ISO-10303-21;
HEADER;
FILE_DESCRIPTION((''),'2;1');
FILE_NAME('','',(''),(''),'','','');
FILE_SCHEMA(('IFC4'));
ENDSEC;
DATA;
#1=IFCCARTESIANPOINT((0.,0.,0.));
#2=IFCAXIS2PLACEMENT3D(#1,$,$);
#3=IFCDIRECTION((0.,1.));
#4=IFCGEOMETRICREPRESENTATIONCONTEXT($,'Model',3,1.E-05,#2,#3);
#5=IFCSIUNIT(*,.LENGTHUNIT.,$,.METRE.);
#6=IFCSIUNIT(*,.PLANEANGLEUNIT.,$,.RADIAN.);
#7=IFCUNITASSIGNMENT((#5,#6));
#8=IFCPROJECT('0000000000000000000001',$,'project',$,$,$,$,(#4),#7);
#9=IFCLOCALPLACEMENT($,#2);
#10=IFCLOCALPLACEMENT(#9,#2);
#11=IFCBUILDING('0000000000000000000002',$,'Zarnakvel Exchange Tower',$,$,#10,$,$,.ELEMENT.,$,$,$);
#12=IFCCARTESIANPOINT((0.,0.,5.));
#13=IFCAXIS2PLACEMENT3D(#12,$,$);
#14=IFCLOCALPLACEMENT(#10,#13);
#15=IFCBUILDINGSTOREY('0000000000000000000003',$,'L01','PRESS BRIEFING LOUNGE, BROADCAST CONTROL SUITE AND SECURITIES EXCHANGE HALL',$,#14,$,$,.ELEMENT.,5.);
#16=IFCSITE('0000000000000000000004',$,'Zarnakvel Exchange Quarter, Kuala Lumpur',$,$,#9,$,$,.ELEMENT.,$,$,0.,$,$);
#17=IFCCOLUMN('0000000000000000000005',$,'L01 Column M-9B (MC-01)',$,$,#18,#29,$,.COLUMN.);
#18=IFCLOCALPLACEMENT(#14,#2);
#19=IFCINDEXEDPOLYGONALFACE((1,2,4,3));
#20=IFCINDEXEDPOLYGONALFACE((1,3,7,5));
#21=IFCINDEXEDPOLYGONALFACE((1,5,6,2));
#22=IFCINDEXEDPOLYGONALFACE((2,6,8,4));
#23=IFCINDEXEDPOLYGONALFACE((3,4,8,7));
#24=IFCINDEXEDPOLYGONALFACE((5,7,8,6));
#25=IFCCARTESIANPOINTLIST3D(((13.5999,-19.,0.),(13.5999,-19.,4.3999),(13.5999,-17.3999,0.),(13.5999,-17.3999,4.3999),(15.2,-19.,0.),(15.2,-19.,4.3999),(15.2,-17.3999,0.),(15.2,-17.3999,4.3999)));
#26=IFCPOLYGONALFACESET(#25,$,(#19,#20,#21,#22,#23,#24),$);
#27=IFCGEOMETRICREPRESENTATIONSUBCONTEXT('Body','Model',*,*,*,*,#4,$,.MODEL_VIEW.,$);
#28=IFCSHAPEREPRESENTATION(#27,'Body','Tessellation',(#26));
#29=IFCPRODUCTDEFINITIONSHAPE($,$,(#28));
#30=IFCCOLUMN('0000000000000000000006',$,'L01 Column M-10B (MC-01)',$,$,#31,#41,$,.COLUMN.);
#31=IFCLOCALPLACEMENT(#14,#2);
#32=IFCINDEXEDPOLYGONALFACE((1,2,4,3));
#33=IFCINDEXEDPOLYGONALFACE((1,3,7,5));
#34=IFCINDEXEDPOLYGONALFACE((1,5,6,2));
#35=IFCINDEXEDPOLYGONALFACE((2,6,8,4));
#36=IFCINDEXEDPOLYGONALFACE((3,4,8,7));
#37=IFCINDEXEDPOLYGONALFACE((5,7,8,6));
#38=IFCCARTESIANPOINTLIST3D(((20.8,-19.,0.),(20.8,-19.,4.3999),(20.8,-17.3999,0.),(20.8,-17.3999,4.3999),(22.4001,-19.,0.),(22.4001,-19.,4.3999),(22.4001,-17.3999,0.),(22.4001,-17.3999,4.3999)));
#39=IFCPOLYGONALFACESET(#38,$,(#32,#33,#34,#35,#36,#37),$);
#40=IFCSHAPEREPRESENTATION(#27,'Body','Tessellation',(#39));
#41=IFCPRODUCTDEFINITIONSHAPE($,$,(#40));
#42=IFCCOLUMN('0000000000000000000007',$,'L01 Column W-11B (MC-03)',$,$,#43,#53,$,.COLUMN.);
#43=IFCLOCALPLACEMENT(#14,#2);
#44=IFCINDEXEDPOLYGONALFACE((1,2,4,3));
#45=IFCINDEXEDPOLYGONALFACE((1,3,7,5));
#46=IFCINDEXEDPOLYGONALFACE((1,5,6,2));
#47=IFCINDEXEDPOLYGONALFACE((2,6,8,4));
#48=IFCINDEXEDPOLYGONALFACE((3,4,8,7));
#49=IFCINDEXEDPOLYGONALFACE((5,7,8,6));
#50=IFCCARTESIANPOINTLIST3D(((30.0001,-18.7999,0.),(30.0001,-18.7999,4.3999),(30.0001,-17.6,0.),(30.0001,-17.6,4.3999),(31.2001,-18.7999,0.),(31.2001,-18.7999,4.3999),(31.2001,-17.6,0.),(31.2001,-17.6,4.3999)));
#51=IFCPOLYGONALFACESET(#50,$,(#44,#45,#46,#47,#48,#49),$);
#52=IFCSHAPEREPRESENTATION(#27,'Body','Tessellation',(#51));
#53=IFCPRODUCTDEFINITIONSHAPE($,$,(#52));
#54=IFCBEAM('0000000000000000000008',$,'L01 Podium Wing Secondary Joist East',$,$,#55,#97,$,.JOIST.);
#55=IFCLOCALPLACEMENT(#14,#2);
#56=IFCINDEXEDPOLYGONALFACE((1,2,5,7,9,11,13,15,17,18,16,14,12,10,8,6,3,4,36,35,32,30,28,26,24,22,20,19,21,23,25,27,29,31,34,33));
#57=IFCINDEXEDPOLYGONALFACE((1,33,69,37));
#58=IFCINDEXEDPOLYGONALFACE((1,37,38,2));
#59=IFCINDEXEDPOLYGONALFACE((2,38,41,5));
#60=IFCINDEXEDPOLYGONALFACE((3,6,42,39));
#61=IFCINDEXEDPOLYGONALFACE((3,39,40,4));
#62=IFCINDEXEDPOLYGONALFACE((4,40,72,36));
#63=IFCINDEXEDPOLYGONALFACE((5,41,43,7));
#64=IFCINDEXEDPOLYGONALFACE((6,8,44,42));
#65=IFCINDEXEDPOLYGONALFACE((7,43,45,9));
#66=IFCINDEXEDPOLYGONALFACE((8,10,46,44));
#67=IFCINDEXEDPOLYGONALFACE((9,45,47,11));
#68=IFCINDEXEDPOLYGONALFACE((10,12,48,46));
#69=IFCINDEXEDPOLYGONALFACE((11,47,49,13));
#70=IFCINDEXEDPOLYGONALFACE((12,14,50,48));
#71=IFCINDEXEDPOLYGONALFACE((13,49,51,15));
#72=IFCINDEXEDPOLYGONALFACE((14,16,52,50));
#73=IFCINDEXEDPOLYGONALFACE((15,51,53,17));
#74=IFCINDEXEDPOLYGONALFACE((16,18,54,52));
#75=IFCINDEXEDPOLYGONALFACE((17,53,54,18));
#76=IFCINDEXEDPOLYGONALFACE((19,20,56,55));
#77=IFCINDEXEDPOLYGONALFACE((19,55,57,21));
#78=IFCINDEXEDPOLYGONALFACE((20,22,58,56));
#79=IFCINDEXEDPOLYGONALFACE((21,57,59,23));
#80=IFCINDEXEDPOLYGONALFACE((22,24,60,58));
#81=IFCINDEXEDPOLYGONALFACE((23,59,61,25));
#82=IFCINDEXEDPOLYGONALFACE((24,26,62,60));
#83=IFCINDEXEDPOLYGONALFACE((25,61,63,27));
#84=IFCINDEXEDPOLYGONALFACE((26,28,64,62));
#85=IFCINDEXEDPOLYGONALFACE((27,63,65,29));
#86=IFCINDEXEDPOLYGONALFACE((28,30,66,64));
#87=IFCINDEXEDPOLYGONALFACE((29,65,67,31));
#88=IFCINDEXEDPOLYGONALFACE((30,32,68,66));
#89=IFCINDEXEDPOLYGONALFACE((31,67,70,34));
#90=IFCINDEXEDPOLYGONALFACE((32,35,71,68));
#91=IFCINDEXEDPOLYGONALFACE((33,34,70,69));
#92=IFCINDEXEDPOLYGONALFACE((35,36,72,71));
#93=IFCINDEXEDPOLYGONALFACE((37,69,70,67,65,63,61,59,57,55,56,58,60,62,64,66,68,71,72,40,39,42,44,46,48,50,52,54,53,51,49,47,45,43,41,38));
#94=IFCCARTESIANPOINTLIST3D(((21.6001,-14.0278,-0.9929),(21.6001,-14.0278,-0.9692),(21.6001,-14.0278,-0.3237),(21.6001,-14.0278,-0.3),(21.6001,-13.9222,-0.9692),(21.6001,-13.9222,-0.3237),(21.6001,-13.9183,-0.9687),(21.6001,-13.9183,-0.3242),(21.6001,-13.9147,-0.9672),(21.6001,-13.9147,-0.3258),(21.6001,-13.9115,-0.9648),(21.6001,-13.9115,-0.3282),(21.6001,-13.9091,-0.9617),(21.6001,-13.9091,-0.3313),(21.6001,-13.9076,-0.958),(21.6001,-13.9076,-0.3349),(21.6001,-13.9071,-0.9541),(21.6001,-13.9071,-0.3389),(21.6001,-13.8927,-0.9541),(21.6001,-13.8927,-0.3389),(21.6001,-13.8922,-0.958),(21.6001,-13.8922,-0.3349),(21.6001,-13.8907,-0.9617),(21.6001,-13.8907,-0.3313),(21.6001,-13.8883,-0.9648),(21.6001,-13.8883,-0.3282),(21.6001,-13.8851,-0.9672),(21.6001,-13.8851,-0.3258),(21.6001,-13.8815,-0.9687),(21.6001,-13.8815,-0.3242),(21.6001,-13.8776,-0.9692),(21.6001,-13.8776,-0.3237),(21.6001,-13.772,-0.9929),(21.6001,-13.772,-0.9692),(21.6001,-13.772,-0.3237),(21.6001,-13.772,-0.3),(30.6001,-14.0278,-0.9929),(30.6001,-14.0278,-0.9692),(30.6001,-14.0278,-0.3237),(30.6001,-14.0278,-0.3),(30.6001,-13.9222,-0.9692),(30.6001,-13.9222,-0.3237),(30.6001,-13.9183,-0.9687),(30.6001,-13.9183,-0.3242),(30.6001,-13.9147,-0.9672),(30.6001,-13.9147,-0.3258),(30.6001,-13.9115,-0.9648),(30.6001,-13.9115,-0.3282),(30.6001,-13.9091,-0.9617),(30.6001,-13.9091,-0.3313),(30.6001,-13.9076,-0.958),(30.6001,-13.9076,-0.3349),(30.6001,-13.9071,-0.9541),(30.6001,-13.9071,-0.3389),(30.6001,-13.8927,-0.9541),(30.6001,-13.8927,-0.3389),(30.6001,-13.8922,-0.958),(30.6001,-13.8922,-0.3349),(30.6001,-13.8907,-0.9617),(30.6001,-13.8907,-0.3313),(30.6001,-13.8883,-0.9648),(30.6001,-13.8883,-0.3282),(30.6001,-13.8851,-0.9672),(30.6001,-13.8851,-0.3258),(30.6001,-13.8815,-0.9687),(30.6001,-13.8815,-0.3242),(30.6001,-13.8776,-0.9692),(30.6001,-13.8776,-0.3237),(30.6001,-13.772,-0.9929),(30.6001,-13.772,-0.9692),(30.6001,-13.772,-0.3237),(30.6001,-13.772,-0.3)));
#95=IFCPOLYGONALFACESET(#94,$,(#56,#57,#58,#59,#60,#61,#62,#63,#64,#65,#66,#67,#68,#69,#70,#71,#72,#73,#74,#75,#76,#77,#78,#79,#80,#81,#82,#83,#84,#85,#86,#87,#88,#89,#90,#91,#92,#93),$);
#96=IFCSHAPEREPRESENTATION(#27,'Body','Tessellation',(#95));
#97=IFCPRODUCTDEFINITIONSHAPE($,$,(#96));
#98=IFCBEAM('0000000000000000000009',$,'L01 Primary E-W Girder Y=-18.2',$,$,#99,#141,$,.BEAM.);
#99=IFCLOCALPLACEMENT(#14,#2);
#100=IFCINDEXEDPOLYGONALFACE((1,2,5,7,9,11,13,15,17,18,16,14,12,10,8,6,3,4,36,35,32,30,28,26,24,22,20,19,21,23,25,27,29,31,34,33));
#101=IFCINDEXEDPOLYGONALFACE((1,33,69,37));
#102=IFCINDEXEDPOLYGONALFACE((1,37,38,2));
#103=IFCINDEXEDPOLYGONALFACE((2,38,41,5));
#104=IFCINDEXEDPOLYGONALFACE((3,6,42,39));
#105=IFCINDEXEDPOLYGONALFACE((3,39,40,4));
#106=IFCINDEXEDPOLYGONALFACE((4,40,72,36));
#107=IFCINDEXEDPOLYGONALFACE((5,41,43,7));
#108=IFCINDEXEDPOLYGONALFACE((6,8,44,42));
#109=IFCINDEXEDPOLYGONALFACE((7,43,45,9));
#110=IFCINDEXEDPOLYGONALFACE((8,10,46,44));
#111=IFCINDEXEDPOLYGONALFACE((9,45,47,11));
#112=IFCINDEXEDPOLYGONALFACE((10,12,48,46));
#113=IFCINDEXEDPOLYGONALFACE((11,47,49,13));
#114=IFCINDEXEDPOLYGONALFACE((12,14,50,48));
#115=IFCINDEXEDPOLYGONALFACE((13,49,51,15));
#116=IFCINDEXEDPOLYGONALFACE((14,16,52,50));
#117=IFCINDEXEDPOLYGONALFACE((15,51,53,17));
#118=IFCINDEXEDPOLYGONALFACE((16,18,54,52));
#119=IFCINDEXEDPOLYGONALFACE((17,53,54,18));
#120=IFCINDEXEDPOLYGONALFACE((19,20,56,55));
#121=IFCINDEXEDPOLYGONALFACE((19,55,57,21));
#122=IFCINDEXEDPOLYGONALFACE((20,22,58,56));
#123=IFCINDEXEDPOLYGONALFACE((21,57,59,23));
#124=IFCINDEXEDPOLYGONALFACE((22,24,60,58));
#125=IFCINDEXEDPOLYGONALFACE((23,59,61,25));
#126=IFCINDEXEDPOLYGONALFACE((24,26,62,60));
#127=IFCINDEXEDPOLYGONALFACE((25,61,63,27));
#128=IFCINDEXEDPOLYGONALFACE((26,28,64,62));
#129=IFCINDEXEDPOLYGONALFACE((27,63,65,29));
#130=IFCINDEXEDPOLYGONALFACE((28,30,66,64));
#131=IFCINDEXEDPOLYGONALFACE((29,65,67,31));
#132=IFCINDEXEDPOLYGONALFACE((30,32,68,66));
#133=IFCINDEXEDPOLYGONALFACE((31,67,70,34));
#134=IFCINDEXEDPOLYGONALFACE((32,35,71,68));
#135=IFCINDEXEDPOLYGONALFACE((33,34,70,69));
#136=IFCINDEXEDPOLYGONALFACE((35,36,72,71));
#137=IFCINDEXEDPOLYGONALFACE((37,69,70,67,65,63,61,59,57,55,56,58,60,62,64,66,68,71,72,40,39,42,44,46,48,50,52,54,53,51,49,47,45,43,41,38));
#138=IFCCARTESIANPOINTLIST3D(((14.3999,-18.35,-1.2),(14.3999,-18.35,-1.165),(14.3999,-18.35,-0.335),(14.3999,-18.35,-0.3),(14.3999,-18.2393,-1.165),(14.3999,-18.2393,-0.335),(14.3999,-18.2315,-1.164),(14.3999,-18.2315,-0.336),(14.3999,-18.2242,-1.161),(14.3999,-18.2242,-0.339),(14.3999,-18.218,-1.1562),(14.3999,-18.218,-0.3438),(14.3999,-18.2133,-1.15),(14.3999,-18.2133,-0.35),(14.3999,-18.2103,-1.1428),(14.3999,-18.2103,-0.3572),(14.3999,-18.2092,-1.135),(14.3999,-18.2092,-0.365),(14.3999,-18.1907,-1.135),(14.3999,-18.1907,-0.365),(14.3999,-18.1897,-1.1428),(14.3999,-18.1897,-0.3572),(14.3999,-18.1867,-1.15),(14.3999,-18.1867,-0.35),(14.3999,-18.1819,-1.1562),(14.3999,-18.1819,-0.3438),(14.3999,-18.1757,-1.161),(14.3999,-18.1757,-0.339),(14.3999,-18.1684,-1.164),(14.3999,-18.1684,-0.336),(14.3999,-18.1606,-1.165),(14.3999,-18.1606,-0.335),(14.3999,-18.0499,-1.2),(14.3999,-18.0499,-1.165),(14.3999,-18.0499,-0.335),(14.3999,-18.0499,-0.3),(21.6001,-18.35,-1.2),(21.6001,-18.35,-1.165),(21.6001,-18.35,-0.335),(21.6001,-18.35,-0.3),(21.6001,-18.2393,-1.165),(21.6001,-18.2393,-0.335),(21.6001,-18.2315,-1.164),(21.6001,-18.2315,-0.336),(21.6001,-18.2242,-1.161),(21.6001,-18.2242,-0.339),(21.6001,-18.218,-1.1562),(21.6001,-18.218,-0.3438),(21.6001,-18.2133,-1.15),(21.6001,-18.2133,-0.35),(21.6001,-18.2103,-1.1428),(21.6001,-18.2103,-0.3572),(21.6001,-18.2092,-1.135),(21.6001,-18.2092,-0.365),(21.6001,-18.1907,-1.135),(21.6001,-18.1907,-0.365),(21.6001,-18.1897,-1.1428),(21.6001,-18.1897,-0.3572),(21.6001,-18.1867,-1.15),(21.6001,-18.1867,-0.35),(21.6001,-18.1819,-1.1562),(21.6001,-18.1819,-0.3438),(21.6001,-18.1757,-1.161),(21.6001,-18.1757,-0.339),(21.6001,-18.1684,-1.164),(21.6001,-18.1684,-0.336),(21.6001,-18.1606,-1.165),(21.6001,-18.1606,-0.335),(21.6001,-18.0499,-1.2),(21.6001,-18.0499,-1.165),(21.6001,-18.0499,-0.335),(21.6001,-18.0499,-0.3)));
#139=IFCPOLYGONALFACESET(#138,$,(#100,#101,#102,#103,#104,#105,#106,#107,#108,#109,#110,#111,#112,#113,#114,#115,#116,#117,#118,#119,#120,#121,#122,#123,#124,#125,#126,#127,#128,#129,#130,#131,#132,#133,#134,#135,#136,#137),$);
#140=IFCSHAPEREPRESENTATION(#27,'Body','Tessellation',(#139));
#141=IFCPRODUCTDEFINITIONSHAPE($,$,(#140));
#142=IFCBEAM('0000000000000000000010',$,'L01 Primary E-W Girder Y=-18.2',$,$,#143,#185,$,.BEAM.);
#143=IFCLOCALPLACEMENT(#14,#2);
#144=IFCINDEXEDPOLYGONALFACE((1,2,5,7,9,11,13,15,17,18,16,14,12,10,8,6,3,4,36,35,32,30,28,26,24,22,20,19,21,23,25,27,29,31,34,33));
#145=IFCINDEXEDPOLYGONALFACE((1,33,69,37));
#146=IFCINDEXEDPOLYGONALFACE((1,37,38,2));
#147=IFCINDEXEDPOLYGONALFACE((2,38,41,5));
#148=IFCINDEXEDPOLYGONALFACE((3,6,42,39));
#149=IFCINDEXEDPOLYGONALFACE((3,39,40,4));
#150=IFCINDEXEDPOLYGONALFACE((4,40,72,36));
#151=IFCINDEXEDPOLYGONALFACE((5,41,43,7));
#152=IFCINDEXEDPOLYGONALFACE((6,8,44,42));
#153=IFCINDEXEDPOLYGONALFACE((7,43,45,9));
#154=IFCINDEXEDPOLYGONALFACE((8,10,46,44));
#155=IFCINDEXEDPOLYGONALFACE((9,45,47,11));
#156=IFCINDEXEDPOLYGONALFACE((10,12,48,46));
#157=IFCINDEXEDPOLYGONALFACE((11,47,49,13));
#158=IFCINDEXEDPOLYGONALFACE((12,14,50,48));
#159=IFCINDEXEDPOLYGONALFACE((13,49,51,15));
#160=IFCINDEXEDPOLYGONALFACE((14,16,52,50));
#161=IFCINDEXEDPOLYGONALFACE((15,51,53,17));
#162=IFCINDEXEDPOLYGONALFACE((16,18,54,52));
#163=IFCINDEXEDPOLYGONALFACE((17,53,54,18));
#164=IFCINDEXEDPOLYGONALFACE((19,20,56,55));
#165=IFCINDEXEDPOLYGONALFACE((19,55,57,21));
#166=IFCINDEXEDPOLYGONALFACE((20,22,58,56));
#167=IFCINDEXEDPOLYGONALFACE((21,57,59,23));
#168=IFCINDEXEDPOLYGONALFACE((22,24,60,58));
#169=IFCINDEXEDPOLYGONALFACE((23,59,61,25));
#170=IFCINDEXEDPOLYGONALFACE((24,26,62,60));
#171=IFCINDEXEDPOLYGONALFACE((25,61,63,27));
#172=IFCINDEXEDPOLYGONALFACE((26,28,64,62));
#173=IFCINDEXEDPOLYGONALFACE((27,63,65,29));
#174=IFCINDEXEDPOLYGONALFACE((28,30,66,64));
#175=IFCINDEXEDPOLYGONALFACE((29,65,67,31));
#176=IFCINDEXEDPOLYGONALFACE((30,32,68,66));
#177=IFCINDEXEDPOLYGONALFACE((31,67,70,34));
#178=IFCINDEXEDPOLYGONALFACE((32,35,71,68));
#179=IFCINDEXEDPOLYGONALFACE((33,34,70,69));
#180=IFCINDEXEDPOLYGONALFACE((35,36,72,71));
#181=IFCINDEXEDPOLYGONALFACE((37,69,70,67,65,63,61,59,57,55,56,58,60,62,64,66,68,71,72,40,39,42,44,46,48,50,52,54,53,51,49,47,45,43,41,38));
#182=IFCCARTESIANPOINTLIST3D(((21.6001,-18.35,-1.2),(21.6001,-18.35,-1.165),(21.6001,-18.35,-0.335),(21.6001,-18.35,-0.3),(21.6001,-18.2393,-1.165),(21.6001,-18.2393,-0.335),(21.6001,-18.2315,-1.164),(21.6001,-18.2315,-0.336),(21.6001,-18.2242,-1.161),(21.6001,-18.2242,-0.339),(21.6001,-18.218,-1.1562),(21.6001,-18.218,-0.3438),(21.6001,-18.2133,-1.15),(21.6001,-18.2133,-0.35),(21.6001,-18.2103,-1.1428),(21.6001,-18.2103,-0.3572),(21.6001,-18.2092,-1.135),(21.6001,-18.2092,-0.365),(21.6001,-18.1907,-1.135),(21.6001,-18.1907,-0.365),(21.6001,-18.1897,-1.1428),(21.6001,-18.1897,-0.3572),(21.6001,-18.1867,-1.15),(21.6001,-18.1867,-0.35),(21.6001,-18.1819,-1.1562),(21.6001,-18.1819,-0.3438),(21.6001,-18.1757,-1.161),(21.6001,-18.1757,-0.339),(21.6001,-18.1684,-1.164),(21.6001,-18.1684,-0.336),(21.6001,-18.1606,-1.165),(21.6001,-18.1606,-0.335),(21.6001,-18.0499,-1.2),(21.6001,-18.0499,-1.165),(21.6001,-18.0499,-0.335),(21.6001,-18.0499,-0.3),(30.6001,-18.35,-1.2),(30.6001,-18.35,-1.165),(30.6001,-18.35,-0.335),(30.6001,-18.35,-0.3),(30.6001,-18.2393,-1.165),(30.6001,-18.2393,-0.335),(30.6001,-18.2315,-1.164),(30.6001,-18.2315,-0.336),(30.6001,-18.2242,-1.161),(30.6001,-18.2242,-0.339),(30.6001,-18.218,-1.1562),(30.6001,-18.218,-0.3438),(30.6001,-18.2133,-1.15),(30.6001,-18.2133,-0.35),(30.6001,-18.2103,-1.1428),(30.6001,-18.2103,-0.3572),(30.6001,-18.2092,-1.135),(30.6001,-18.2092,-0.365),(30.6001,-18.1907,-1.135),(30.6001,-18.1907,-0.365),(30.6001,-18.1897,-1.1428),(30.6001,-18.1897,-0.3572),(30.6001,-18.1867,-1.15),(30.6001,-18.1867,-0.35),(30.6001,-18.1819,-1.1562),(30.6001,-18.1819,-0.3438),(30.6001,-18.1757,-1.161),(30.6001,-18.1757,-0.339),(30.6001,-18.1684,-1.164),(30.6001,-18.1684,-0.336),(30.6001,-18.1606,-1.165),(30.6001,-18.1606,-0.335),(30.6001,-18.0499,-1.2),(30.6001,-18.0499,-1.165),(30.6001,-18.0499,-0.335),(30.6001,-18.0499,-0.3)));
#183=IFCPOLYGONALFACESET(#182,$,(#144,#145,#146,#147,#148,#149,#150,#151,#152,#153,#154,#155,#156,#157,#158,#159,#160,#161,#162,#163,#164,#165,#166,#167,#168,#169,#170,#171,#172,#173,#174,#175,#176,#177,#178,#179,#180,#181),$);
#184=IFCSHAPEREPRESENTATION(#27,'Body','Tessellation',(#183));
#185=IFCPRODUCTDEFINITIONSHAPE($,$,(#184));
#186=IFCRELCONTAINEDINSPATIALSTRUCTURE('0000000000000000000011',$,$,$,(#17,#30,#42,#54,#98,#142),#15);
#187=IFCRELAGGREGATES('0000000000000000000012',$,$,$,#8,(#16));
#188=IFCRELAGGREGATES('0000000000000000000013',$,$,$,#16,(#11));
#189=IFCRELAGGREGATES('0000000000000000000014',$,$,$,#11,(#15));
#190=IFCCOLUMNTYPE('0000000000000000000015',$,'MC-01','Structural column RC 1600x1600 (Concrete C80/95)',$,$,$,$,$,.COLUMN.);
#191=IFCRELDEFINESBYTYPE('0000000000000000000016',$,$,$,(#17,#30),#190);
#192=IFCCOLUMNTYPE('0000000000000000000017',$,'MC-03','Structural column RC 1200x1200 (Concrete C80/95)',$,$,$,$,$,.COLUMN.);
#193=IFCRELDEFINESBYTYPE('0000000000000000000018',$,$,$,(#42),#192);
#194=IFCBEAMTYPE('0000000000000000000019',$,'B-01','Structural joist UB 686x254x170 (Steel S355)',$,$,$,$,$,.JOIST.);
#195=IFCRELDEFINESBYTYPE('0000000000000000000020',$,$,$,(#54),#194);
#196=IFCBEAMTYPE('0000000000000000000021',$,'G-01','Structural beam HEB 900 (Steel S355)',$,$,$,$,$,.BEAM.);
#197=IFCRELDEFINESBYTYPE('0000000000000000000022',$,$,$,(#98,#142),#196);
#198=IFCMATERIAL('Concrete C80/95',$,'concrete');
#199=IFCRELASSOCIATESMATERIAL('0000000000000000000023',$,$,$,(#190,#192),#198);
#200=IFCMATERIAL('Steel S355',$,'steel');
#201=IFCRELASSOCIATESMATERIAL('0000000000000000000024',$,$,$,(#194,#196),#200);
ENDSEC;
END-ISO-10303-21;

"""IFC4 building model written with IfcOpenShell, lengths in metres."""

from ifc_helpers import new_model, si_unit, direction, frame, origin, origin_2d, place, context, subcontext, project, spatial, rectangle, i_section, extrude, material, material_profile, profile_set, type_object, element, save


model = new_model("IFC4")

# Units and contexts
model_context = context("Model", 3, precision=1e-05, world=origin(), true_north=direction((0.0, 1.0)))
body_context = subcontext(model_context, "Body", "Model", "MODEL_VIEW")
ifc_project = project(units=[si_unit("LENGTHUNIT", "METRE"), si_unit("PLANEANGLEUNIT", "RADIAN")], contexts=[model_context])

# Site, building, storey
site_placement = place(None, origin())
site = spatial("IfcSite", under=ifc_project, at=site_placement, Name="Zarnakvel Exchange Quarter, Kuala Lumpur", CompositionType="ELEMENT", RefElevation=0.0)
building_placement = place(site_placement, origin())
building = spatial("IfcBuilding", under=site, at=building_placement, Name="Zarnakvel Exchange Tower", CompositionType="ELEMENT")
storey_placement = place(building_placement, frame((0.0, 0.0, 5.0)))
storey = spatial("IfcBuildingStorey", under=building, at=storey_placement, Name="L01", Description="PRESS BRIEFING LOUNGE, BROADCAST CONTROL SUITE AND SECURITIES EXCHANGE HALL", CompositionType="ELEMENT", Elevation=5.0)

# Columns
ifc_material_1 = material(Name="Concrete C80/95", Category="concrete")
ifc_material_profile_1 = material_profile(ifc_material_1, rectangle(XDim=1.6001, YDim=1.6001, at=origin_2d()))
ifc_profile_set_1 = profile_set([ifc_material_profile_1], Name="Concrete C80/95")
column_type_1 = type_object("IfcColumnType", Name="MC-01", Description="Structural column RC 1600x1600 (Concrete C80/95)", PredefinedType="COLUMN", material=ifc_profile_set_1)
for number, where, z_axis, x_axis, name in (
    (1, (14.3999, -18.2, 0.0), (0.0, 0.0, 1.0), (1.0, 0.0, 0.0), "L01 Column M-9B (MC-01)"),
    (2, (21.6001, -18.2, 0.0), (0.0, 0.0, 1.0), (1.0, 0.0, 0.0), "L01 Column M-10B (MC-01)"),
):
    element("IfcColumn", number, at=place(storey_placement, frame(where, z_axis=z_axis, x_axis=x_axis)), inside=storey, type_object=column_type_1, Name=name, PredefinedType="COLUMN", context=body_context, shape_type="SweptSolid", body=[
        extrude(rectangle(XDim=1.6001, YDim=1.6001, at=origin_2d()), origin(), (0.0, 0.0, 1.0), 4.3999),
    ])
ifc_material_profile_2 = material_profile(ifc_material_1, rectangle(XDim=1.2, YDim=1.2, at=origin_2d()))
ifc_profile_set_2 = profile_set([ifc_material_profile_2], Name="Concrete C80/95")
column_type_2 = type_object("IfcColumnType", Name="MC-03", Description="Structural column RC 1200x1200 (Concrete C80/95)", PredefinedType="COLUMN", material=ifc_profile_set_2)
column_placement = place(storey_placement, frame((30.6001, -18.2, 0.0), z_axis=(0.0, 0.0, 1.0), x_axis=(1.0, 0.0, 0.0)))
element("IfcColumn", 3, at=column_placement, inside=storey, type_object=column_type_2, Name="L01 Column W-11B (MC-03)", PredefinedType="COLUMN", context=body_context, shape_type="SweptSolid", body=[
    extrude(rectangle(XDim=1.2, YDim=1.2, at=origin_2d()), origin(), (0.0, 0.0, 1.0), 4.3999),
])

# Beams
ifc_material_2 = material(Name="Steel S355", Category="steel")
ifc_material_profile_3 = material_profile(ifc_material_2, i_section(OverallWidth=0.2559, OverallDepth=0.6929, WebThickness=0.0144, FlangeThickness=0.0237, FilletRadius=0.0151, at=origin_2d()))
ifc_profile_set_3 = profile_set([ifc_material_profile_3], Name="Steel S355")
beam_type_1 = type_object("IfcBeamType", Name="B-01", Description="Structural joist UB 686x254x170 (Steel S355)", PredefinedType="JOIST", material=ifc_profile_set_3)
beam_1_placement = place(storey_placement, frame((21.6001, -13.8999, -0.6465), z_axis=(1.0, 0.0, 0.0), x_axis=(0.0, 1.0, 0.0)))
element("IfcBeam", 4, at=beam_1_placement, inside=storey, type_object=beam_type_1, Name="L01 Podium Wing Secondary Joist East", PredefinedType="JOIST", context=body_context, shape_type="SweptSolid", body=[
    extrude(i_section(OverallWidth=0.2559, OverallDepth=0.6929, WebThickness=0.0144, FlangeThickness=0.0237, FilletRadius=0.0151, at=origin_2d()), origin(), (0.0, 0.0, 1.0), 9.0),
])
ifc_material_profile_4 = material_profile(ifc_material_2, i_section(OverallWidth=0.3, OverallDepth=0.8999, WebThickness=0.0186, FlangeThickness=0.0349, FilletRadius=0.03, at=origin_2d()))
ifc_profile_set_4 = profile_set([ifc_material_profile_4], Name="Steel S355")
beam_type_2 = type_object("IfcBeamType", Name="G-01", Description="Structural beam HEB 900 (Steel S355)", PredefinedType="BEAM", material=ifc_profile_set_4)
beam_2_placement = place(storey_placement, frame((14.3999, -18.2, -0.75), z_axis=(1.0, 0.0, 0.0), x_axis=(0.0, 1.0, 0.0)))
element("IfcBeam", 5, at=beam_2_placement, inside=storey, type_object=beam_type_2, Name="L01 Primary E-W Girder Y=-18.2", PredefinedType="BEAM", context=body_context, shape_type="SweptSolid", body=[
    extrude(i_section(OverallWidth=0.3, OverallDepth=0.8999, WebThickness=0.0186, FlangeThickness=0.0349, FilletRadius=0.03, at=origin_2d()), origin(), (0.0, 0.0, 1.0), 7.2002),
])
beam_3_placement = place(storey_placement, frame((21.6001, -18.2, -0.75), z_axis=(1.0, 0.0, 0.0), x_axis=(0.0, 1.0, 0.0)))
element("IfcBeam", 6, at=beam_3_placement, inside=storey, type_object=beam_type_2, Name="L01 Primary E-W Girder Y=-18.2", PredefinedType="BEAM", context=body_context, shape_type="SweptSolid", body=[
    extrude(i_section(OverallWidth=0.3, OverallDepth=0.8999, WebThickness=0.0186, FlangeThickness=0.0349, FilletRadius=0.03, at=origin_2d()), origin(), (0.0, 0.0, 1.0), 9.0),
])

save(model, "model.ifc")
